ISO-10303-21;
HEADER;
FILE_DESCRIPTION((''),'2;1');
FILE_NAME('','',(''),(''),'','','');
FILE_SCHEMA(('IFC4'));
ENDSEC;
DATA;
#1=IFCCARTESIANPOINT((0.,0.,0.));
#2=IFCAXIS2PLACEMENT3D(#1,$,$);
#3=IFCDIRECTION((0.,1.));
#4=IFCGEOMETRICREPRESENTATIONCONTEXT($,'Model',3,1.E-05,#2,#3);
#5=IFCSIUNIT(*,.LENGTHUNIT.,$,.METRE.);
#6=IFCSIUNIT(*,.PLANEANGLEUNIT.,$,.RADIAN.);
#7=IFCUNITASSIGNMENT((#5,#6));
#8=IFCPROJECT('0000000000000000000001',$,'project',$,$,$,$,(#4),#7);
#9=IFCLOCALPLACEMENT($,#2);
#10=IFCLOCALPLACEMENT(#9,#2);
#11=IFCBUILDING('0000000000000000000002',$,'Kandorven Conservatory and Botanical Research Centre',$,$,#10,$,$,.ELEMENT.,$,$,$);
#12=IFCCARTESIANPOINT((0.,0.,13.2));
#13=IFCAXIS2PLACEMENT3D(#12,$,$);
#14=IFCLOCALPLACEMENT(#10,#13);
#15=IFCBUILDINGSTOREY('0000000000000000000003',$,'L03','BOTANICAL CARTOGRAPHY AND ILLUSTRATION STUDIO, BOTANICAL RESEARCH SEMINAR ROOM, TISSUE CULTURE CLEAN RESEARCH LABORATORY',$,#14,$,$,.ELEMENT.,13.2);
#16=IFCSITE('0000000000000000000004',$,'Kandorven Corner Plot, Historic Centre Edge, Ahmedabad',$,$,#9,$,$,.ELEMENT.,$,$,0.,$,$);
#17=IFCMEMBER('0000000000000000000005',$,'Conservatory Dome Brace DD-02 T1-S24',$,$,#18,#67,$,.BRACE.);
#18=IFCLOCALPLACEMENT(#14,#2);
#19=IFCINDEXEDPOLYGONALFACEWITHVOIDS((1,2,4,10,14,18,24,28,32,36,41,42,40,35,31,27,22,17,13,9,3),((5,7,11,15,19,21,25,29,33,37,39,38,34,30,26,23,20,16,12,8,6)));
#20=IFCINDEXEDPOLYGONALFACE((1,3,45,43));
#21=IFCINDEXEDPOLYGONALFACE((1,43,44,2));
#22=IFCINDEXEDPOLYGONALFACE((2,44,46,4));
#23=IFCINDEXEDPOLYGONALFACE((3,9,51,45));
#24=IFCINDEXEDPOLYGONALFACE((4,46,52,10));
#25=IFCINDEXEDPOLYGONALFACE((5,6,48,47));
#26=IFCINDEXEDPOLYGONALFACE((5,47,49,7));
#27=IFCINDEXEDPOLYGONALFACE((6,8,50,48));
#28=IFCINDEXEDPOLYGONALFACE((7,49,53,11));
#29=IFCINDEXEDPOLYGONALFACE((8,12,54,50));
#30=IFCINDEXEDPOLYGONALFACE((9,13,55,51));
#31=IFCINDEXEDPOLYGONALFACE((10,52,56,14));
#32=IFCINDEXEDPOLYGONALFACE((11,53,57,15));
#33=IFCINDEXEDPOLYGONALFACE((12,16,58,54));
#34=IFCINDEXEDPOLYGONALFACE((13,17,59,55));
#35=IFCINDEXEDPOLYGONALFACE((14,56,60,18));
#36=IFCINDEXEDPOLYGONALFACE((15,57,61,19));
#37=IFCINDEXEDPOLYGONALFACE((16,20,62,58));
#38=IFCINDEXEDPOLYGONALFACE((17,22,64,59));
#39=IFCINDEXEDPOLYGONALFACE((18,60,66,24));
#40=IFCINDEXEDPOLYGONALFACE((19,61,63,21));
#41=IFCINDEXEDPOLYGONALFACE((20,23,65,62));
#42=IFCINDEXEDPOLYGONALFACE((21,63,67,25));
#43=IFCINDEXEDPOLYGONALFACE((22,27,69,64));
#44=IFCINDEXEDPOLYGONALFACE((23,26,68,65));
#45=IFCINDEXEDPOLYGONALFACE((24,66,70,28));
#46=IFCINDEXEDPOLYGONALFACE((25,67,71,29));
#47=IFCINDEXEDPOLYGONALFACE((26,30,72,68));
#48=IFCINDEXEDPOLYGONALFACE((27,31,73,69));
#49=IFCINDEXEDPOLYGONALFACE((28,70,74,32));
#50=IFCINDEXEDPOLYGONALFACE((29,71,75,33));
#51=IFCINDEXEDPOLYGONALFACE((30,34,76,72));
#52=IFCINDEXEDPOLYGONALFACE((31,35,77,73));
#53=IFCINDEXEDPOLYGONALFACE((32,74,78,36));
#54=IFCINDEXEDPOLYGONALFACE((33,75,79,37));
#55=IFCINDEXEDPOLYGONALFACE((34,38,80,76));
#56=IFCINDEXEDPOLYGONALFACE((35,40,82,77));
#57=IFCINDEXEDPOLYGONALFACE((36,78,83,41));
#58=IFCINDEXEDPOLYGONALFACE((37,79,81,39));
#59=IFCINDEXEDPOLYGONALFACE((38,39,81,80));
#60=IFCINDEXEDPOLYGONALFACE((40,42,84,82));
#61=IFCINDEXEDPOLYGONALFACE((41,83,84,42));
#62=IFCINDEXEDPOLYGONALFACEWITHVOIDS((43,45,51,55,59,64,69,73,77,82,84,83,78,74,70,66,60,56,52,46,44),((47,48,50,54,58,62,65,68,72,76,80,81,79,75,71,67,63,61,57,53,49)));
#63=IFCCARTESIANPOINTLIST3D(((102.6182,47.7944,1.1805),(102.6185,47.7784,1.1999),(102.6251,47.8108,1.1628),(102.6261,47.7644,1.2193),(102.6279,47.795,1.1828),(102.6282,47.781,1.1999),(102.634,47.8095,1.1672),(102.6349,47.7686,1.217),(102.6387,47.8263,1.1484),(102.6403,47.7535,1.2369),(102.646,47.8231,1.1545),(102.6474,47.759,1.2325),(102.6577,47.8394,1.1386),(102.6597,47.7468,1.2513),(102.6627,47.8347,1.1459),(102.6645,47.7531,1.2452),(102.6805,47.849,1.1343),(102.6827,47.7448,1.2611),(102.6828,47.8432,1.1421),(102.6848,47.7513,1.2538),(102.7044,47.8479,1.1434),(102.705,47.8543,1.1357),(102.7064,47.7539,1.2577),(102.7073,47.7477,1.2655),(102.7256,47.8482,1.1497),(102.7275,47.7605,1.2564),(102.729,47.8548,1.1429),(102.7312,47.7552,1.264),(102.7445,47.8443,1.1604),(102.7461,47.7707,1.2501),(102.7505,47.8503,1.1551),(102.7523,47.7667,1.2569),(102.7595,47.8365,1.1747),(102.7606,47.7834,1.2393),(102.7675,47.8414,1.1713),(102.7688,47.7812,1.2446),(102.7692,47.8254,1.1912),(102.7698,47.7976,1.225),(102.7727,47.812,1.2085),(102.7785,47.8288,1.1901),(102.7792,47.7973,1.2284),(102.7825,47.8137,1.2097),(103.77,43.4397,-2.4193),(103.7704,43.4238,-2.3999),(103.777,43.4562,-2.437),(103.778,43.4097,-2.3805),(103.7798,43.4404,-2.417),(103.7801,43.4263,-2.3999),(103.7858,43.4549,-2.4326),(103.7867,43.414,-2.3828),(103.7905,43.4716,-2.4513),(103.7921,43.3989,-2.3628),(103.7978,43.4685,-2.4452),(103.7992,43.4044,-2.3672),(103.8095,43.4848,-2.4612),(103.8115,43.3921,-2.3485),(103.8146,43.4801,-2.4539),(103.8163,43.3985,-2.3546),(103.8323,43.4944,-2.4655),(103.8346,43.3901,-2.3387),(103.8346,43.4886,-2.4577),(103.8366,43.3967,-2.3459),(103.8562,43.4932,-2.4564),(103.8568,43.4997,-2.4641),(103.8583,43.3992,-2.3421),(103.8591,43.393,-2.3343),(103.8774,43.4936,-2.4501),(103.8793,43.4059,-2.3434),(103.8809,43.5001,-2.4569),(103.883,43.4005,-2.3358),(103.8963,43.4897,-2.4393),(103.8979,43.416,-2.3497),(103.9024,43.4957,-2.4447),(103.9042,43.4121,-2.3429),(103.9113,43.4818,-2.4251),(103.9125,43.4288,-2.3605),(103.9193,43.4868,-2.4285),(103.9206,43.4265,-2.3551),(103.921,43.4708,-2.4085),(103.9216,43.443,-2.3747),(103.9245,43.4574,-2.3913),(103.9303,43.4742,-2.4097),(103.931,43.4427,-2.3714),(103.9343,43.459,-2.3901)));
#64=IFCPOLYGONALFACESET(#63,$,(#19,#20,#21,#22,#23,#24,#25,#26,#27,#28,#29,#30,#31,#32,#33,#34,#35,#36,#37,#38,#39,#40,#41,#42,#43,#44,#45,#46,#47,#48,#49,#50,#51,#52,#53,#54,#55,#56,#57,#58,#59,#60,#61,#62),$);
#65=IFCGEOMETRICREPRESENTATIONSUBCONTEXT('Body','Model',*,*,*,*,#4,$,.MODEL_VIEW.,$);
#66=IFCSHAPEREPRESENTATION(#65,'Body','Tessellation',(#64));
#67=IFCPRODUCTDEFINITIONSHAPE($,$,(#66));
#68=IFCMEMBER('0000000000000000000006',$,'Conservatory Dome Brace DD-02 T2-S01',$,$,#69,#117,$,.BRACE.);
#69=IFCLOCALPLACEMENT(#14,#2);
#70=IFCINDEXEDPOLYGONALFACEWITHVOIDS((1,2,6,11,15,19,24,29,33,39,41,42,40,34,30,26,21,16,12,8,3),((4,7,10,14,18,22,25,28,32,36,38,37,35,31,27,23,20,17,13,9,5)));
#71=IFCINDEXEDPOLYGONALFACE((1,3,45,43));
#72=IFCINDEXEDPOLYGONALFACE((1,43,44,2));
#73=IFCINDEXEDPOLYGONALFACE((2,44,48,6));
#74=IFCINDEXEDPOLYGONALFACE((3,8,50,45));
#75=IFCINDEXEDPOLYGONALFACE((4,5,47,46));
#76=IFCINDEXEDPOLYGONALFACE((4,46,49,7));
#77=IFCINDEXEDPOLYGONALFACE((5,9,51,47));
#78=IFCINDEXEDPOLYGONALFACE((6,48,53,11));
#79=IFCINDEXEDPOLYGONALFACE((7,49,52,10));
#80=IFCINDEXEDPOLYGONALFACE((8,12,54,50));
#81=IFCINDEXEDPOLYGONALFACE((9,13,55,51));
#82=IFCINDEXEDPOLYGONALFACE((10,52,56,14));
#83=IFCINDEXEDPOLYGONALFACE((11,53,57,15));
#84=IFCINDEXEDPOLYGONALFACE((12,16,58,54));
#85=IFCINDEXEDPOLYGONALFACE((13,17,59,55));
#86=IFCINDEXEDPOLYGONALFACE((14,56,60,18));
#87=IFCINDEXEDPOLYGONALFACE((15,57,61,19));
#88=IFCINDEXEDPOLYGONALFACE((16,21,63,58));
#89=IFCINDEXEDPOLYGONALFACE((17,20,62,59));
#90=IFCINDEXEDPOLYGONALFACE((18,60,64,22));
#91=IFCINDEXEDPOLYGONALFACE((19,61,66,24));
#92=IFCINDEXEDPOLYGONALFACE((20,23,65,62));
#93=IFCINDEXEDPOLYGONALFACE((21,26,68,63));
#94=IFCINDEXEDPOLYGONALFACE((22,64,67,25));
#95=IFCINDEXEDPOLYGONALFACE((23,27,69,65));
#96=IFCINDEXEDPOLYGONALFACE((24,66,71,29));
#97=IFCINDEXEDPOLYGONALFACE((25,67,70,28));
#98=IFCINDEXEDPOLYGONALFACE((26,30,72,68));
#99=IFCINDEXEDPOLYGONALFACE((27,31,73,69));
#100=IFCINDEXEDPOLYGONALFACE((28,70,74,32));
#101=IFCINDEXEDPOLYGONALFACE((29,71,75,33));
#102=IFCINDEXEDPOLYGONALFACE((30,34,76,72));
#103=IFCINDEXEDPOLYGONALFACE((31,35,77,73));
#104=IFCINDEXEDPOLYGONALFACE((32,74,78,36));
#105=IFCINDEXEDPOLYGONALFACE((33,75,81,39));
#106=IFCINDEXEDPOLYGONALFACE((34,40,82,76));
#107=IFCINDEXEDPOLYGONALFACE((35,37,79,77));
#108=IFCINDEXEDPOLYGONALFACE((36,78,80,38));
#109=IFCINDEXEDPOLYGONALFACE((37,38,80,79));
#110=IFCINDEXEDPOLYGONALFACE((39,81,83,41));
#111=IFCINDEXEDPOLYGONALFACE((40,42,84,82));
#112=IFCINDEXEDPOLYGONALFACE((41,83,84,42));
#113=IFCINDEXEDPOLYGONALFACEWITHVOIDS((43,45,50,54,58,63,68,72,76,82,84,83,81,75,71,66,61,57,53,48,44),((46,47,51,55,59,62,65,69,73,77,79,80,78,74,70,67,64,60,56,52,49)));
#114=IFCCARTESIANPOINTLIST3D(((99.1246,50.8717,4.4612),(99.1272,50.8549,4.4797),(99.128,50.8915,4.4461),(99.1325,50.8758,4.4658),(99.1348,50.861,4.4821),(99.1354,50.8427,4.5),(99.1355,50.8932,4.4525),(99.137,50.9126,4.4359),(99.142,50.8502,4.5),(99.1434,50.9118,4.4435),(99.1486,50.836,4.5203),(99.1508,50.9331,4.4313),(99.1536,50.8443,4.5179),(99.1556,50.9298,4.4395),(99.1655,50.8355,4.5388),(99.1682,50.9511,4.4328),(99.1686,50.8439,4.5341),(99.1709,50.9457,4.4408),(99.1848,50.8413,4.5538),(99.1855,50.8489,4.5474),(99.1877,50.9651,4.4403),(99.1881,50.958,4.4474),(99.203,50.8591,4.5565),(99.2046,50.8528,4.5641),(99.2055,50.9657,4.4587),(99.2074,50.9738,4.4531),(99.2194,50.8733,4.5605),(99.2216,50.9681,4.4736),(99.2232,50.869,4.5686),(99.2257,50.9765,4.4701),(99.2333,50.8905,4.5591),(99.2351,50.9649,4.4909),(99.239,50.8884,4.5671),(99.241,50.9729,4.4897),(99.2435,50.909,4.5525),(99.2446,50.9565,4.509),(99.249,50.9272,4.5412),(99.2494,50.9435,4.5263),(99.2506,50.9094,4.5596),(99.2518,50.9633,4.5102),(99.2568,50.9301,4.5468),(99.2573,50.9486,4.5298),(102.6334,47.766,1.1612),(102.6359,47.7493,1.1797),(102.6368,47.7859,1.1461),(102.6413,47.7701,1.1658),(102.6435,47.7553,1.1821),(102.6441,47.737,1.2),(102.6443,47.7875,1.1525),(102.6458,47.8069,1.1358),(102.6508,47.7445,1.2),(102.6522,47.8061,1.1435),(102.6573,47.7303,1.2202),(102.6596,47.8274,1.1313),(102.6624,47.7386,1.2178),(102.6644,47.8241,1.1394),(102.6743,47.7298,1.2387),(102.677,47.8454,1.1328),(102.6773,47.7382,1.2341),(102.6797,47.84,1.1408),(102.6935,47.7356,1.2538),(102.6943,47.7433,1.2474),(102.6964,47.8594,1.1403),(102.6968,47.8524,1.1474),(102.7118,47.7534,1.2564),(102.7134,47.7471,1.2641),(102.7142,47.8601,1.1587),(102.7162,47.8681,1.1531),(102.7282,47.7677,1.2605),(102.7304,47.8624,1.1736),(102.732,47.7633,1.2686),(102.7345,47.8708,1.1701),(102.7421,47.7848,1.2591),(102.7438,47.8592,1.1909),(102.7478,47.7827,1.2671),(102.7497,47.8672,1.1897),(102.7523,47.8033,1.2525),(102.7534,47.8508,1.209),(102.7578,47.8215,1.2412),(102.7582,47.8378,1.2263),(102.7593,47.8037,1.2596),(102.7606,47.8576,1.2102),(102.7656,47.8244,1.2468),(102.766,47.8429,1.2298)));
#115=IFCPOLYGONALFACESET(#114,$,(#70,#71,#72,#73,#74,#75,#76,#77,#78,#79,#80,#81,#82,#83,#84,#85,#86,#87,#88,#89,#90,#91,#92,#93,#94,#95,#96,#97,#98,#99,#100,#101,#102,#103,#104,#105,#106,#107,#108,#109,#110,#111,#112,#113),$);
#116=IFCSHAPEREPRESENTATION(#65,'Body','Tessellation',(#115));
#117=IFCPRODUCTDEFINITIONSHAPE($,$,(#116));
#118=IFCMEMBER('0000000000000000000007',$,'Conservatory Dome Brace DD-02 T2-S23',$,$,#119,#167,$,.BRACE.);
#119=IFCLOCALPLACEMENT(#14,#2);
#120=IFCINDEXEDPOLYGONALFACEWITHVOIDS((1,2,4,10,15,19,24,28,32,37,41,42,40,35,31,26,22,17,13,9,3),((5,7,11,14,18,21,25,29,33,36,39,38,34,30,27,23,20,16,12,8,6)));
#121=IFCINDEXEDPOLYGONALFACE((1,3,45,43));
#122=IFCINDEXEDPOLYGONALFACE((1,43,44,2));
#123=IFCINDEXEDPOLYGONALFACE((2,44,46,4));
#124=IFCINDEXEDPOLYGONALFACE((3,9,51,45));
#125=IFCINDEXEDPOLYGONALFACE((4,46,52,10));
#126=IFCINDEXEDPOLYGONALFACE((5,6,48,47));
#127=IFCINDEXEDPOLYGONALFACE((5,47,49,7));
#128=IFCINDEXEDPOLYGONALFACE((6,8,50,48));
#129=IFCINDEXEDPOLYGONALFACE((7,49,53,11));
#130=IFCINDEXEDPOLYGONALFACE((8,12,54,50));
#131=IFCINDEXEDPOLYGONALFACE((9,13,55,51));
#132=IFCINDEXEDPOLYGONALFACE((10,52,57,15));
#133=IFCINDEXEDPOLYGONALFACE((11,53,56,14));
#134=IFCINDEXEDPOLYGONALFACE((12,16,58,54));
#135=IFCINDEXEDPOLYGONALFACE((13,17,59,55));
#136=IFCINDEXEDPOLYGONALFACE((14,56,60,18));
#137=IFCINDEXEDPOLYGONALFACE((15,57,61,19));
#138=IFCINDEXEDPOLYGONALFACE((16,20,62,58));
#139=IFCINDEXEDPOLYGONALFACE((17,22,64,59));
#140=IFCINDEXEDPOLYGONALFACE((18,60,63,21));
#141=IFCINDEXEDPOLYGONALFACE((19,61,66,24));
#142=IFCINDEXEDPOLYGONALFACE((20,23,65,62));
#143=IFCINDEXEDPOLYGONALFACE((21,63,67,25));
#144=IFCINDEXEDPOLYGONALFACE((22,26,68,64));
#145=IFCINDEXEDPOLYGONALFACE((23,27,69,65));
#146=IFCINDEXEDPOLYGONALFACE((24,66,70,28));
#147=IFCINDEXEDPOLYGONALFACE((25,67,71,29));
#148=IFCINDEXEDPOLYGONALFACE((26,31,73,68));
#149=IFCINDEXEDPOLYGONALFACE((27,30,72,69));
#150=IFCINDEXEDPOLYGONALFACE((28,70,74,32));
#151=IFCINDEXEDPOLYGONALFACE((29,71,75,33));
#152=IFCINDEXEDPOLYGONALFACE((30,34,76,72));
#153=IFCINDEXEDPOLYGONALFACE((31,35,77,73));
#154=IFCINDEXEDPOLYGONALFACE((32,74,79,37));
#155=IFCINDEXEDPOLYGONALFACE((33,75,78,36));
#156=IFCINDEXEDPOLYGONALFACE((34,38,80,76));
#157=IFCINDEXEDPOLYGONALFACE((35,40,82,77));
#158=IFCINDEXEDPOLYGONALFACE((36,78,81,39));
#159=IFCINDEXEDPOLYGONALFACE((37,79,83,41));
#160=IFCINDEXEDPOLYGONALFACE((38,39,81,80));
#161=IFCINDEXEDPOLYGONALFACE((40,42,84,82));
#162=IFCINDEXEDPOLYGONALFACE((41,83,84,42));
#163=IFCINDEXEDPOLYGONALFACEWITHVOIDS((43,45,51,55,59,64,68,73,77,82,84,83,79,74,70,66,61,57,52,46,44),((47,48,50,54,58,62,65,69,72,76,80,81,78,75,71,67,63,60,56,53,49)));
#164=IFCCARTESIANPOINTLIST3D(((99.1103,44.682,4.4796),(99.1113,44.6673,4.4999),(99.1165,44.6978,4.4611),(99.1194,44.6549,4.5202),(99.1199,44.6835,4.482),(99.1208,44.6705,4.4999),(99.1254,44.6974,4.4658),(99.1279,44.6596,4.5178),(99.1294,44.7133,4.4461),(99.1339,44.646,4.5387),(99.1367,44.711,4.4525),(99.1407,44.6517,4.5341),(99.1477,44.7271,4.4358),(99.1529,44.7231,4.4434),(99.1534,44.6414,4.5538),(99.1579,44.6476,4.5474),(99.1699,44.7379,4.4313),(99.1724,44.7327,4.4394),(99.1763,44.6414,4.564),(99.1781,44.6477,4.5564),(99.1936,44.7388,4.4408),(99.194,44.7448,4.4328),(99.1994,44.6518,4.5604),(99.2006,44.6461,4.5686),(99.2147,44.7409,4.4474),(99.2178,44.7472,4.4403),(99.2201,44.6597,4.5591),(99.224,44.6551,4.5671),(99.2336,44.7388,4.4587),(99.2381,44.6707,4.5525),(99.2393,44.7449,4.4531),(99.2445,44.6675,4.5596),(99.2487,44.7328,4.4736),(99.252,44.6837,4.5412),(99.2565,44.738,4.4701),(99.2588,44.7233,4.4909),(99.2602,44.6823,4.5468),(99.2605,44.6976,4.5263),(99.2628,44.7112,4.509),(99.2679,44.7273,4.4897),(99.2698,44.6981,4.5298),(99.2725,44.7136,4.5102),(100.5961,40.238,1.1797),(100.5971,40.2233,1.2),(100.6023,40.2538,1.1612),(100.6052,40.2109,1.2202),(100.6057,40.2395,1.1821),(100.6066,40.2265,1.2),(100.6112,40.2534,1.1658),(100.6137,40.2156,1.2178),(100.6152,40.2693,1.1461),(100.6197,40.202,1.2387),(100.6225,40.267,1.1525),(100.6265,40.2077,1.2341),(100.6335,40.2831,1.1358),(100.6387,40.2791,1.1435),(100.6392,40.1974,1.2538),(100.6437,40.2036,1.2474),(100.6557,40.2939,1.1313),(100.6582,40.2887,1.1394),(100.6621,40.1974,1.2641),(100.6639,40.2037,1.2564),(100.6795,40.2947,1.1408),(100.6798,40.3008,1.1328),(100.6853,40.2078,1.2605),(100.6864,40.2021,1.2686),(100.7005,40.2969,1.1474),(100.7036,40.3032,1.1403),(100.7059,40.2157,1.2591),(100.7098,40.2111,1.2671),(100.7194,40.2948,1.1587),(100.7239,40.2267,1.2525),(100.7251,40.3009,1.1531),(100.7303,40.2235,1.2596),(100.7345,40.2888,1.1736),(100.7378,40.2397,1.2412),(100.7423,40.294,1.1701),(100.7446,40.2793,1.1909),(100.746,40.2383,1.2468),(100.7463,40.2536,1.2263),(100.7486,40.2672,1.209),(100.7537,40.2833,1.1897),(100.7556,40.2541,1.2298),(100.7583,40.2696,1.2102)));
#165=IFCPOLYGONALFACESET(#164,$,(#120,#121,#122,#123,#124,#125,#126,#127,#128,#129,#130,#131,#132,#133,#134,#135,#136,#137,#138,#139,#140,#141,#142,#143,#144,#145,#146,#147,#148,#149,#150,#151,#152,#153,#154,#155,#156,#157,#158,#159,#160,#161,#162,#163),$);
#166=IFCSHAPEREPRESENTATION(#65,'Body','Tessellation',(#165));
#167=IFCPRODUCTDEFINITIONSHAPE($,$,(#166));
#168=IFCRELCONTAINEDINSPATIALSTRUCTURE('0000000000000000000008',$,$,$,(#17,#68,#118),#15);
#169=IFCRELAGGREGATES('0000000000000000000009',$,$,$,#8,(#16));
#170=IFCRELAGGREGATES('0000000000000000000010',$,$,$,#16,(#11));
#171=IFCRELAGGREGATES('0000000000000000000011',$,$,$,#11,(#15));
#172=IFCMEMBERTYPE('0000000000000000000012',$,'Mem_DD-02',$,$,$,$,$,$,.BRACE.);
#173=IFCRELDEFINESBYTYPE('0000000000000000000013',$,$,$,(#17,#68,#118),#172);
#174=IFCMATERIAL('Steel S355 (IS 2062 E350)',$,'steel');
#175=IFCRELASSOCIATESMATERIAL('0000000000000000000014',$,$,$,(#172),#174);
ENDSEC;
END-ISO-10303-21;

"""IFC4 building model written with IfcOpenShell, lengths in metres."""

from ifc_helpers import new_model, si_unit, direction, frame, origin, origin_2d, place, context, subcontext, project, spatial, hollow_circle, extrude, material, material_profile, profile_set, type_object, element, save


model = new_model("IFC4")

# Units and contexts
model_context = context("Model", 3, precision=1e-05, world=origin(), true_north=direction((0.0, 1.0)))
body_context = subcontext(model_context, "Body", "Model", "MODEL_VIEW")
ifc_project = project(units=[si_unit("LENGTHUNIT", "METRE"), si_unit("PLANEANGLEUNIT", "RADIAN")], contexts=[model_context])

# Site, building, storey
site_placement = place(None, origin())
site = spatial("IfcSite", under=ifc_project, at=site_placement, Name="Kandorven Corner Plot, Historic Centre Edge, Ahmedabad", CompositionType="ELEMENT", RefElevation=0.0)
building_placement = place(site_placement, origin())
building = spatial("IfcBuilding", under=site, at=building_placement, Name="Kandorven Conservatory and Botanical Research Centre", CompositionType="ELEMENT")
storey_placement = place(building_placement, frame((0.0, 0.0, 13.2)))
storey = spatial("IfcBuildingStorey", under=building, at=storey_placement, Name="L03", Description="BOTANICAL CARTOGRAPHY AND ILLUSTRATION STUDIO, BOTANICAL RESEARCH SEMINAR ROOM, TISSUE CULTURE CLEAN RESEARCH LABORATORY", CompositionType="ELEMENT", Elevation=13.2)

# Members
ifc_material_1 = material(Name="Steel S355 (IS 2062 E350)", Category="steel")
ifc_material_profile_1 = material_profile(ifc_material_1, hollow_circle(Radius=0.0842, WallThickness=0.01, at=origin_2d()))
ifc_profile_set_1 = profile_set([ifc_material_profile_1], Name="Steel S355 (IS 2062 E350)")
member_type_1 = type_object("IfcMemberType", Name="Mem_DD-02", PredefinedType="BRACE", material=ifc_profile_set_1)
for number, where, z_axis, x_axis, name in (
    (1, (103.8518, 43.4453, -2.3999), (-0.199759, 0.755213, 0.624299), (-0.966753, -0.255712, 0.0), "Conservatory Dome Brace DD-02 T1-S24"),
):
    element("IfcMember", number, at=place(storey_placement, frame(where, z_axis=z_axis, x_axis=x_axis)), inside=storey, type_object=member_type_1, Name=name, PredefinedType="BRACE", context=body_context, shape_type="SweptSolid", body=[
        extrude(hollow_circle(Radius=0.0842, WallThickness=0.01, at=origin_2d()), origin(), (0.0, 0.0, 1.0), 5.7661),
    ])
for number, where, z_axis, x_axis, name in (
    (2, (102.7, 47.8, 1.2), (-0.612219, 0.54189, 0.575798), (-0.662787, -0.748808, 0.0), "Conservatory Dome Brace DD-02 T2-S01"),
    (3, (100.677, 40.25, 1.2), (-0.259249, 0.775405, 0.575792), (-0.948396, -0.317087, 0.0), "Conservatory Dome Brace DD-02 T2-S23"),
):
    element("IfcMember", number, at=place(storey_placement, frame(where, z_axis=z_axis, x_axis=x_axis)), inside=storey, type_object=member_type_1, Name=name, PredefinedType="BRACE", context=body_context, shape_type="SweptSolid", body=[
        extrude(hollow_circle(Radius=0.0842, WallThickness=0.01, at=origin_2d()), origin(), (0.0, 0.0, 1.0), 5.7312),
    ])

save(model, "model.ifc")
